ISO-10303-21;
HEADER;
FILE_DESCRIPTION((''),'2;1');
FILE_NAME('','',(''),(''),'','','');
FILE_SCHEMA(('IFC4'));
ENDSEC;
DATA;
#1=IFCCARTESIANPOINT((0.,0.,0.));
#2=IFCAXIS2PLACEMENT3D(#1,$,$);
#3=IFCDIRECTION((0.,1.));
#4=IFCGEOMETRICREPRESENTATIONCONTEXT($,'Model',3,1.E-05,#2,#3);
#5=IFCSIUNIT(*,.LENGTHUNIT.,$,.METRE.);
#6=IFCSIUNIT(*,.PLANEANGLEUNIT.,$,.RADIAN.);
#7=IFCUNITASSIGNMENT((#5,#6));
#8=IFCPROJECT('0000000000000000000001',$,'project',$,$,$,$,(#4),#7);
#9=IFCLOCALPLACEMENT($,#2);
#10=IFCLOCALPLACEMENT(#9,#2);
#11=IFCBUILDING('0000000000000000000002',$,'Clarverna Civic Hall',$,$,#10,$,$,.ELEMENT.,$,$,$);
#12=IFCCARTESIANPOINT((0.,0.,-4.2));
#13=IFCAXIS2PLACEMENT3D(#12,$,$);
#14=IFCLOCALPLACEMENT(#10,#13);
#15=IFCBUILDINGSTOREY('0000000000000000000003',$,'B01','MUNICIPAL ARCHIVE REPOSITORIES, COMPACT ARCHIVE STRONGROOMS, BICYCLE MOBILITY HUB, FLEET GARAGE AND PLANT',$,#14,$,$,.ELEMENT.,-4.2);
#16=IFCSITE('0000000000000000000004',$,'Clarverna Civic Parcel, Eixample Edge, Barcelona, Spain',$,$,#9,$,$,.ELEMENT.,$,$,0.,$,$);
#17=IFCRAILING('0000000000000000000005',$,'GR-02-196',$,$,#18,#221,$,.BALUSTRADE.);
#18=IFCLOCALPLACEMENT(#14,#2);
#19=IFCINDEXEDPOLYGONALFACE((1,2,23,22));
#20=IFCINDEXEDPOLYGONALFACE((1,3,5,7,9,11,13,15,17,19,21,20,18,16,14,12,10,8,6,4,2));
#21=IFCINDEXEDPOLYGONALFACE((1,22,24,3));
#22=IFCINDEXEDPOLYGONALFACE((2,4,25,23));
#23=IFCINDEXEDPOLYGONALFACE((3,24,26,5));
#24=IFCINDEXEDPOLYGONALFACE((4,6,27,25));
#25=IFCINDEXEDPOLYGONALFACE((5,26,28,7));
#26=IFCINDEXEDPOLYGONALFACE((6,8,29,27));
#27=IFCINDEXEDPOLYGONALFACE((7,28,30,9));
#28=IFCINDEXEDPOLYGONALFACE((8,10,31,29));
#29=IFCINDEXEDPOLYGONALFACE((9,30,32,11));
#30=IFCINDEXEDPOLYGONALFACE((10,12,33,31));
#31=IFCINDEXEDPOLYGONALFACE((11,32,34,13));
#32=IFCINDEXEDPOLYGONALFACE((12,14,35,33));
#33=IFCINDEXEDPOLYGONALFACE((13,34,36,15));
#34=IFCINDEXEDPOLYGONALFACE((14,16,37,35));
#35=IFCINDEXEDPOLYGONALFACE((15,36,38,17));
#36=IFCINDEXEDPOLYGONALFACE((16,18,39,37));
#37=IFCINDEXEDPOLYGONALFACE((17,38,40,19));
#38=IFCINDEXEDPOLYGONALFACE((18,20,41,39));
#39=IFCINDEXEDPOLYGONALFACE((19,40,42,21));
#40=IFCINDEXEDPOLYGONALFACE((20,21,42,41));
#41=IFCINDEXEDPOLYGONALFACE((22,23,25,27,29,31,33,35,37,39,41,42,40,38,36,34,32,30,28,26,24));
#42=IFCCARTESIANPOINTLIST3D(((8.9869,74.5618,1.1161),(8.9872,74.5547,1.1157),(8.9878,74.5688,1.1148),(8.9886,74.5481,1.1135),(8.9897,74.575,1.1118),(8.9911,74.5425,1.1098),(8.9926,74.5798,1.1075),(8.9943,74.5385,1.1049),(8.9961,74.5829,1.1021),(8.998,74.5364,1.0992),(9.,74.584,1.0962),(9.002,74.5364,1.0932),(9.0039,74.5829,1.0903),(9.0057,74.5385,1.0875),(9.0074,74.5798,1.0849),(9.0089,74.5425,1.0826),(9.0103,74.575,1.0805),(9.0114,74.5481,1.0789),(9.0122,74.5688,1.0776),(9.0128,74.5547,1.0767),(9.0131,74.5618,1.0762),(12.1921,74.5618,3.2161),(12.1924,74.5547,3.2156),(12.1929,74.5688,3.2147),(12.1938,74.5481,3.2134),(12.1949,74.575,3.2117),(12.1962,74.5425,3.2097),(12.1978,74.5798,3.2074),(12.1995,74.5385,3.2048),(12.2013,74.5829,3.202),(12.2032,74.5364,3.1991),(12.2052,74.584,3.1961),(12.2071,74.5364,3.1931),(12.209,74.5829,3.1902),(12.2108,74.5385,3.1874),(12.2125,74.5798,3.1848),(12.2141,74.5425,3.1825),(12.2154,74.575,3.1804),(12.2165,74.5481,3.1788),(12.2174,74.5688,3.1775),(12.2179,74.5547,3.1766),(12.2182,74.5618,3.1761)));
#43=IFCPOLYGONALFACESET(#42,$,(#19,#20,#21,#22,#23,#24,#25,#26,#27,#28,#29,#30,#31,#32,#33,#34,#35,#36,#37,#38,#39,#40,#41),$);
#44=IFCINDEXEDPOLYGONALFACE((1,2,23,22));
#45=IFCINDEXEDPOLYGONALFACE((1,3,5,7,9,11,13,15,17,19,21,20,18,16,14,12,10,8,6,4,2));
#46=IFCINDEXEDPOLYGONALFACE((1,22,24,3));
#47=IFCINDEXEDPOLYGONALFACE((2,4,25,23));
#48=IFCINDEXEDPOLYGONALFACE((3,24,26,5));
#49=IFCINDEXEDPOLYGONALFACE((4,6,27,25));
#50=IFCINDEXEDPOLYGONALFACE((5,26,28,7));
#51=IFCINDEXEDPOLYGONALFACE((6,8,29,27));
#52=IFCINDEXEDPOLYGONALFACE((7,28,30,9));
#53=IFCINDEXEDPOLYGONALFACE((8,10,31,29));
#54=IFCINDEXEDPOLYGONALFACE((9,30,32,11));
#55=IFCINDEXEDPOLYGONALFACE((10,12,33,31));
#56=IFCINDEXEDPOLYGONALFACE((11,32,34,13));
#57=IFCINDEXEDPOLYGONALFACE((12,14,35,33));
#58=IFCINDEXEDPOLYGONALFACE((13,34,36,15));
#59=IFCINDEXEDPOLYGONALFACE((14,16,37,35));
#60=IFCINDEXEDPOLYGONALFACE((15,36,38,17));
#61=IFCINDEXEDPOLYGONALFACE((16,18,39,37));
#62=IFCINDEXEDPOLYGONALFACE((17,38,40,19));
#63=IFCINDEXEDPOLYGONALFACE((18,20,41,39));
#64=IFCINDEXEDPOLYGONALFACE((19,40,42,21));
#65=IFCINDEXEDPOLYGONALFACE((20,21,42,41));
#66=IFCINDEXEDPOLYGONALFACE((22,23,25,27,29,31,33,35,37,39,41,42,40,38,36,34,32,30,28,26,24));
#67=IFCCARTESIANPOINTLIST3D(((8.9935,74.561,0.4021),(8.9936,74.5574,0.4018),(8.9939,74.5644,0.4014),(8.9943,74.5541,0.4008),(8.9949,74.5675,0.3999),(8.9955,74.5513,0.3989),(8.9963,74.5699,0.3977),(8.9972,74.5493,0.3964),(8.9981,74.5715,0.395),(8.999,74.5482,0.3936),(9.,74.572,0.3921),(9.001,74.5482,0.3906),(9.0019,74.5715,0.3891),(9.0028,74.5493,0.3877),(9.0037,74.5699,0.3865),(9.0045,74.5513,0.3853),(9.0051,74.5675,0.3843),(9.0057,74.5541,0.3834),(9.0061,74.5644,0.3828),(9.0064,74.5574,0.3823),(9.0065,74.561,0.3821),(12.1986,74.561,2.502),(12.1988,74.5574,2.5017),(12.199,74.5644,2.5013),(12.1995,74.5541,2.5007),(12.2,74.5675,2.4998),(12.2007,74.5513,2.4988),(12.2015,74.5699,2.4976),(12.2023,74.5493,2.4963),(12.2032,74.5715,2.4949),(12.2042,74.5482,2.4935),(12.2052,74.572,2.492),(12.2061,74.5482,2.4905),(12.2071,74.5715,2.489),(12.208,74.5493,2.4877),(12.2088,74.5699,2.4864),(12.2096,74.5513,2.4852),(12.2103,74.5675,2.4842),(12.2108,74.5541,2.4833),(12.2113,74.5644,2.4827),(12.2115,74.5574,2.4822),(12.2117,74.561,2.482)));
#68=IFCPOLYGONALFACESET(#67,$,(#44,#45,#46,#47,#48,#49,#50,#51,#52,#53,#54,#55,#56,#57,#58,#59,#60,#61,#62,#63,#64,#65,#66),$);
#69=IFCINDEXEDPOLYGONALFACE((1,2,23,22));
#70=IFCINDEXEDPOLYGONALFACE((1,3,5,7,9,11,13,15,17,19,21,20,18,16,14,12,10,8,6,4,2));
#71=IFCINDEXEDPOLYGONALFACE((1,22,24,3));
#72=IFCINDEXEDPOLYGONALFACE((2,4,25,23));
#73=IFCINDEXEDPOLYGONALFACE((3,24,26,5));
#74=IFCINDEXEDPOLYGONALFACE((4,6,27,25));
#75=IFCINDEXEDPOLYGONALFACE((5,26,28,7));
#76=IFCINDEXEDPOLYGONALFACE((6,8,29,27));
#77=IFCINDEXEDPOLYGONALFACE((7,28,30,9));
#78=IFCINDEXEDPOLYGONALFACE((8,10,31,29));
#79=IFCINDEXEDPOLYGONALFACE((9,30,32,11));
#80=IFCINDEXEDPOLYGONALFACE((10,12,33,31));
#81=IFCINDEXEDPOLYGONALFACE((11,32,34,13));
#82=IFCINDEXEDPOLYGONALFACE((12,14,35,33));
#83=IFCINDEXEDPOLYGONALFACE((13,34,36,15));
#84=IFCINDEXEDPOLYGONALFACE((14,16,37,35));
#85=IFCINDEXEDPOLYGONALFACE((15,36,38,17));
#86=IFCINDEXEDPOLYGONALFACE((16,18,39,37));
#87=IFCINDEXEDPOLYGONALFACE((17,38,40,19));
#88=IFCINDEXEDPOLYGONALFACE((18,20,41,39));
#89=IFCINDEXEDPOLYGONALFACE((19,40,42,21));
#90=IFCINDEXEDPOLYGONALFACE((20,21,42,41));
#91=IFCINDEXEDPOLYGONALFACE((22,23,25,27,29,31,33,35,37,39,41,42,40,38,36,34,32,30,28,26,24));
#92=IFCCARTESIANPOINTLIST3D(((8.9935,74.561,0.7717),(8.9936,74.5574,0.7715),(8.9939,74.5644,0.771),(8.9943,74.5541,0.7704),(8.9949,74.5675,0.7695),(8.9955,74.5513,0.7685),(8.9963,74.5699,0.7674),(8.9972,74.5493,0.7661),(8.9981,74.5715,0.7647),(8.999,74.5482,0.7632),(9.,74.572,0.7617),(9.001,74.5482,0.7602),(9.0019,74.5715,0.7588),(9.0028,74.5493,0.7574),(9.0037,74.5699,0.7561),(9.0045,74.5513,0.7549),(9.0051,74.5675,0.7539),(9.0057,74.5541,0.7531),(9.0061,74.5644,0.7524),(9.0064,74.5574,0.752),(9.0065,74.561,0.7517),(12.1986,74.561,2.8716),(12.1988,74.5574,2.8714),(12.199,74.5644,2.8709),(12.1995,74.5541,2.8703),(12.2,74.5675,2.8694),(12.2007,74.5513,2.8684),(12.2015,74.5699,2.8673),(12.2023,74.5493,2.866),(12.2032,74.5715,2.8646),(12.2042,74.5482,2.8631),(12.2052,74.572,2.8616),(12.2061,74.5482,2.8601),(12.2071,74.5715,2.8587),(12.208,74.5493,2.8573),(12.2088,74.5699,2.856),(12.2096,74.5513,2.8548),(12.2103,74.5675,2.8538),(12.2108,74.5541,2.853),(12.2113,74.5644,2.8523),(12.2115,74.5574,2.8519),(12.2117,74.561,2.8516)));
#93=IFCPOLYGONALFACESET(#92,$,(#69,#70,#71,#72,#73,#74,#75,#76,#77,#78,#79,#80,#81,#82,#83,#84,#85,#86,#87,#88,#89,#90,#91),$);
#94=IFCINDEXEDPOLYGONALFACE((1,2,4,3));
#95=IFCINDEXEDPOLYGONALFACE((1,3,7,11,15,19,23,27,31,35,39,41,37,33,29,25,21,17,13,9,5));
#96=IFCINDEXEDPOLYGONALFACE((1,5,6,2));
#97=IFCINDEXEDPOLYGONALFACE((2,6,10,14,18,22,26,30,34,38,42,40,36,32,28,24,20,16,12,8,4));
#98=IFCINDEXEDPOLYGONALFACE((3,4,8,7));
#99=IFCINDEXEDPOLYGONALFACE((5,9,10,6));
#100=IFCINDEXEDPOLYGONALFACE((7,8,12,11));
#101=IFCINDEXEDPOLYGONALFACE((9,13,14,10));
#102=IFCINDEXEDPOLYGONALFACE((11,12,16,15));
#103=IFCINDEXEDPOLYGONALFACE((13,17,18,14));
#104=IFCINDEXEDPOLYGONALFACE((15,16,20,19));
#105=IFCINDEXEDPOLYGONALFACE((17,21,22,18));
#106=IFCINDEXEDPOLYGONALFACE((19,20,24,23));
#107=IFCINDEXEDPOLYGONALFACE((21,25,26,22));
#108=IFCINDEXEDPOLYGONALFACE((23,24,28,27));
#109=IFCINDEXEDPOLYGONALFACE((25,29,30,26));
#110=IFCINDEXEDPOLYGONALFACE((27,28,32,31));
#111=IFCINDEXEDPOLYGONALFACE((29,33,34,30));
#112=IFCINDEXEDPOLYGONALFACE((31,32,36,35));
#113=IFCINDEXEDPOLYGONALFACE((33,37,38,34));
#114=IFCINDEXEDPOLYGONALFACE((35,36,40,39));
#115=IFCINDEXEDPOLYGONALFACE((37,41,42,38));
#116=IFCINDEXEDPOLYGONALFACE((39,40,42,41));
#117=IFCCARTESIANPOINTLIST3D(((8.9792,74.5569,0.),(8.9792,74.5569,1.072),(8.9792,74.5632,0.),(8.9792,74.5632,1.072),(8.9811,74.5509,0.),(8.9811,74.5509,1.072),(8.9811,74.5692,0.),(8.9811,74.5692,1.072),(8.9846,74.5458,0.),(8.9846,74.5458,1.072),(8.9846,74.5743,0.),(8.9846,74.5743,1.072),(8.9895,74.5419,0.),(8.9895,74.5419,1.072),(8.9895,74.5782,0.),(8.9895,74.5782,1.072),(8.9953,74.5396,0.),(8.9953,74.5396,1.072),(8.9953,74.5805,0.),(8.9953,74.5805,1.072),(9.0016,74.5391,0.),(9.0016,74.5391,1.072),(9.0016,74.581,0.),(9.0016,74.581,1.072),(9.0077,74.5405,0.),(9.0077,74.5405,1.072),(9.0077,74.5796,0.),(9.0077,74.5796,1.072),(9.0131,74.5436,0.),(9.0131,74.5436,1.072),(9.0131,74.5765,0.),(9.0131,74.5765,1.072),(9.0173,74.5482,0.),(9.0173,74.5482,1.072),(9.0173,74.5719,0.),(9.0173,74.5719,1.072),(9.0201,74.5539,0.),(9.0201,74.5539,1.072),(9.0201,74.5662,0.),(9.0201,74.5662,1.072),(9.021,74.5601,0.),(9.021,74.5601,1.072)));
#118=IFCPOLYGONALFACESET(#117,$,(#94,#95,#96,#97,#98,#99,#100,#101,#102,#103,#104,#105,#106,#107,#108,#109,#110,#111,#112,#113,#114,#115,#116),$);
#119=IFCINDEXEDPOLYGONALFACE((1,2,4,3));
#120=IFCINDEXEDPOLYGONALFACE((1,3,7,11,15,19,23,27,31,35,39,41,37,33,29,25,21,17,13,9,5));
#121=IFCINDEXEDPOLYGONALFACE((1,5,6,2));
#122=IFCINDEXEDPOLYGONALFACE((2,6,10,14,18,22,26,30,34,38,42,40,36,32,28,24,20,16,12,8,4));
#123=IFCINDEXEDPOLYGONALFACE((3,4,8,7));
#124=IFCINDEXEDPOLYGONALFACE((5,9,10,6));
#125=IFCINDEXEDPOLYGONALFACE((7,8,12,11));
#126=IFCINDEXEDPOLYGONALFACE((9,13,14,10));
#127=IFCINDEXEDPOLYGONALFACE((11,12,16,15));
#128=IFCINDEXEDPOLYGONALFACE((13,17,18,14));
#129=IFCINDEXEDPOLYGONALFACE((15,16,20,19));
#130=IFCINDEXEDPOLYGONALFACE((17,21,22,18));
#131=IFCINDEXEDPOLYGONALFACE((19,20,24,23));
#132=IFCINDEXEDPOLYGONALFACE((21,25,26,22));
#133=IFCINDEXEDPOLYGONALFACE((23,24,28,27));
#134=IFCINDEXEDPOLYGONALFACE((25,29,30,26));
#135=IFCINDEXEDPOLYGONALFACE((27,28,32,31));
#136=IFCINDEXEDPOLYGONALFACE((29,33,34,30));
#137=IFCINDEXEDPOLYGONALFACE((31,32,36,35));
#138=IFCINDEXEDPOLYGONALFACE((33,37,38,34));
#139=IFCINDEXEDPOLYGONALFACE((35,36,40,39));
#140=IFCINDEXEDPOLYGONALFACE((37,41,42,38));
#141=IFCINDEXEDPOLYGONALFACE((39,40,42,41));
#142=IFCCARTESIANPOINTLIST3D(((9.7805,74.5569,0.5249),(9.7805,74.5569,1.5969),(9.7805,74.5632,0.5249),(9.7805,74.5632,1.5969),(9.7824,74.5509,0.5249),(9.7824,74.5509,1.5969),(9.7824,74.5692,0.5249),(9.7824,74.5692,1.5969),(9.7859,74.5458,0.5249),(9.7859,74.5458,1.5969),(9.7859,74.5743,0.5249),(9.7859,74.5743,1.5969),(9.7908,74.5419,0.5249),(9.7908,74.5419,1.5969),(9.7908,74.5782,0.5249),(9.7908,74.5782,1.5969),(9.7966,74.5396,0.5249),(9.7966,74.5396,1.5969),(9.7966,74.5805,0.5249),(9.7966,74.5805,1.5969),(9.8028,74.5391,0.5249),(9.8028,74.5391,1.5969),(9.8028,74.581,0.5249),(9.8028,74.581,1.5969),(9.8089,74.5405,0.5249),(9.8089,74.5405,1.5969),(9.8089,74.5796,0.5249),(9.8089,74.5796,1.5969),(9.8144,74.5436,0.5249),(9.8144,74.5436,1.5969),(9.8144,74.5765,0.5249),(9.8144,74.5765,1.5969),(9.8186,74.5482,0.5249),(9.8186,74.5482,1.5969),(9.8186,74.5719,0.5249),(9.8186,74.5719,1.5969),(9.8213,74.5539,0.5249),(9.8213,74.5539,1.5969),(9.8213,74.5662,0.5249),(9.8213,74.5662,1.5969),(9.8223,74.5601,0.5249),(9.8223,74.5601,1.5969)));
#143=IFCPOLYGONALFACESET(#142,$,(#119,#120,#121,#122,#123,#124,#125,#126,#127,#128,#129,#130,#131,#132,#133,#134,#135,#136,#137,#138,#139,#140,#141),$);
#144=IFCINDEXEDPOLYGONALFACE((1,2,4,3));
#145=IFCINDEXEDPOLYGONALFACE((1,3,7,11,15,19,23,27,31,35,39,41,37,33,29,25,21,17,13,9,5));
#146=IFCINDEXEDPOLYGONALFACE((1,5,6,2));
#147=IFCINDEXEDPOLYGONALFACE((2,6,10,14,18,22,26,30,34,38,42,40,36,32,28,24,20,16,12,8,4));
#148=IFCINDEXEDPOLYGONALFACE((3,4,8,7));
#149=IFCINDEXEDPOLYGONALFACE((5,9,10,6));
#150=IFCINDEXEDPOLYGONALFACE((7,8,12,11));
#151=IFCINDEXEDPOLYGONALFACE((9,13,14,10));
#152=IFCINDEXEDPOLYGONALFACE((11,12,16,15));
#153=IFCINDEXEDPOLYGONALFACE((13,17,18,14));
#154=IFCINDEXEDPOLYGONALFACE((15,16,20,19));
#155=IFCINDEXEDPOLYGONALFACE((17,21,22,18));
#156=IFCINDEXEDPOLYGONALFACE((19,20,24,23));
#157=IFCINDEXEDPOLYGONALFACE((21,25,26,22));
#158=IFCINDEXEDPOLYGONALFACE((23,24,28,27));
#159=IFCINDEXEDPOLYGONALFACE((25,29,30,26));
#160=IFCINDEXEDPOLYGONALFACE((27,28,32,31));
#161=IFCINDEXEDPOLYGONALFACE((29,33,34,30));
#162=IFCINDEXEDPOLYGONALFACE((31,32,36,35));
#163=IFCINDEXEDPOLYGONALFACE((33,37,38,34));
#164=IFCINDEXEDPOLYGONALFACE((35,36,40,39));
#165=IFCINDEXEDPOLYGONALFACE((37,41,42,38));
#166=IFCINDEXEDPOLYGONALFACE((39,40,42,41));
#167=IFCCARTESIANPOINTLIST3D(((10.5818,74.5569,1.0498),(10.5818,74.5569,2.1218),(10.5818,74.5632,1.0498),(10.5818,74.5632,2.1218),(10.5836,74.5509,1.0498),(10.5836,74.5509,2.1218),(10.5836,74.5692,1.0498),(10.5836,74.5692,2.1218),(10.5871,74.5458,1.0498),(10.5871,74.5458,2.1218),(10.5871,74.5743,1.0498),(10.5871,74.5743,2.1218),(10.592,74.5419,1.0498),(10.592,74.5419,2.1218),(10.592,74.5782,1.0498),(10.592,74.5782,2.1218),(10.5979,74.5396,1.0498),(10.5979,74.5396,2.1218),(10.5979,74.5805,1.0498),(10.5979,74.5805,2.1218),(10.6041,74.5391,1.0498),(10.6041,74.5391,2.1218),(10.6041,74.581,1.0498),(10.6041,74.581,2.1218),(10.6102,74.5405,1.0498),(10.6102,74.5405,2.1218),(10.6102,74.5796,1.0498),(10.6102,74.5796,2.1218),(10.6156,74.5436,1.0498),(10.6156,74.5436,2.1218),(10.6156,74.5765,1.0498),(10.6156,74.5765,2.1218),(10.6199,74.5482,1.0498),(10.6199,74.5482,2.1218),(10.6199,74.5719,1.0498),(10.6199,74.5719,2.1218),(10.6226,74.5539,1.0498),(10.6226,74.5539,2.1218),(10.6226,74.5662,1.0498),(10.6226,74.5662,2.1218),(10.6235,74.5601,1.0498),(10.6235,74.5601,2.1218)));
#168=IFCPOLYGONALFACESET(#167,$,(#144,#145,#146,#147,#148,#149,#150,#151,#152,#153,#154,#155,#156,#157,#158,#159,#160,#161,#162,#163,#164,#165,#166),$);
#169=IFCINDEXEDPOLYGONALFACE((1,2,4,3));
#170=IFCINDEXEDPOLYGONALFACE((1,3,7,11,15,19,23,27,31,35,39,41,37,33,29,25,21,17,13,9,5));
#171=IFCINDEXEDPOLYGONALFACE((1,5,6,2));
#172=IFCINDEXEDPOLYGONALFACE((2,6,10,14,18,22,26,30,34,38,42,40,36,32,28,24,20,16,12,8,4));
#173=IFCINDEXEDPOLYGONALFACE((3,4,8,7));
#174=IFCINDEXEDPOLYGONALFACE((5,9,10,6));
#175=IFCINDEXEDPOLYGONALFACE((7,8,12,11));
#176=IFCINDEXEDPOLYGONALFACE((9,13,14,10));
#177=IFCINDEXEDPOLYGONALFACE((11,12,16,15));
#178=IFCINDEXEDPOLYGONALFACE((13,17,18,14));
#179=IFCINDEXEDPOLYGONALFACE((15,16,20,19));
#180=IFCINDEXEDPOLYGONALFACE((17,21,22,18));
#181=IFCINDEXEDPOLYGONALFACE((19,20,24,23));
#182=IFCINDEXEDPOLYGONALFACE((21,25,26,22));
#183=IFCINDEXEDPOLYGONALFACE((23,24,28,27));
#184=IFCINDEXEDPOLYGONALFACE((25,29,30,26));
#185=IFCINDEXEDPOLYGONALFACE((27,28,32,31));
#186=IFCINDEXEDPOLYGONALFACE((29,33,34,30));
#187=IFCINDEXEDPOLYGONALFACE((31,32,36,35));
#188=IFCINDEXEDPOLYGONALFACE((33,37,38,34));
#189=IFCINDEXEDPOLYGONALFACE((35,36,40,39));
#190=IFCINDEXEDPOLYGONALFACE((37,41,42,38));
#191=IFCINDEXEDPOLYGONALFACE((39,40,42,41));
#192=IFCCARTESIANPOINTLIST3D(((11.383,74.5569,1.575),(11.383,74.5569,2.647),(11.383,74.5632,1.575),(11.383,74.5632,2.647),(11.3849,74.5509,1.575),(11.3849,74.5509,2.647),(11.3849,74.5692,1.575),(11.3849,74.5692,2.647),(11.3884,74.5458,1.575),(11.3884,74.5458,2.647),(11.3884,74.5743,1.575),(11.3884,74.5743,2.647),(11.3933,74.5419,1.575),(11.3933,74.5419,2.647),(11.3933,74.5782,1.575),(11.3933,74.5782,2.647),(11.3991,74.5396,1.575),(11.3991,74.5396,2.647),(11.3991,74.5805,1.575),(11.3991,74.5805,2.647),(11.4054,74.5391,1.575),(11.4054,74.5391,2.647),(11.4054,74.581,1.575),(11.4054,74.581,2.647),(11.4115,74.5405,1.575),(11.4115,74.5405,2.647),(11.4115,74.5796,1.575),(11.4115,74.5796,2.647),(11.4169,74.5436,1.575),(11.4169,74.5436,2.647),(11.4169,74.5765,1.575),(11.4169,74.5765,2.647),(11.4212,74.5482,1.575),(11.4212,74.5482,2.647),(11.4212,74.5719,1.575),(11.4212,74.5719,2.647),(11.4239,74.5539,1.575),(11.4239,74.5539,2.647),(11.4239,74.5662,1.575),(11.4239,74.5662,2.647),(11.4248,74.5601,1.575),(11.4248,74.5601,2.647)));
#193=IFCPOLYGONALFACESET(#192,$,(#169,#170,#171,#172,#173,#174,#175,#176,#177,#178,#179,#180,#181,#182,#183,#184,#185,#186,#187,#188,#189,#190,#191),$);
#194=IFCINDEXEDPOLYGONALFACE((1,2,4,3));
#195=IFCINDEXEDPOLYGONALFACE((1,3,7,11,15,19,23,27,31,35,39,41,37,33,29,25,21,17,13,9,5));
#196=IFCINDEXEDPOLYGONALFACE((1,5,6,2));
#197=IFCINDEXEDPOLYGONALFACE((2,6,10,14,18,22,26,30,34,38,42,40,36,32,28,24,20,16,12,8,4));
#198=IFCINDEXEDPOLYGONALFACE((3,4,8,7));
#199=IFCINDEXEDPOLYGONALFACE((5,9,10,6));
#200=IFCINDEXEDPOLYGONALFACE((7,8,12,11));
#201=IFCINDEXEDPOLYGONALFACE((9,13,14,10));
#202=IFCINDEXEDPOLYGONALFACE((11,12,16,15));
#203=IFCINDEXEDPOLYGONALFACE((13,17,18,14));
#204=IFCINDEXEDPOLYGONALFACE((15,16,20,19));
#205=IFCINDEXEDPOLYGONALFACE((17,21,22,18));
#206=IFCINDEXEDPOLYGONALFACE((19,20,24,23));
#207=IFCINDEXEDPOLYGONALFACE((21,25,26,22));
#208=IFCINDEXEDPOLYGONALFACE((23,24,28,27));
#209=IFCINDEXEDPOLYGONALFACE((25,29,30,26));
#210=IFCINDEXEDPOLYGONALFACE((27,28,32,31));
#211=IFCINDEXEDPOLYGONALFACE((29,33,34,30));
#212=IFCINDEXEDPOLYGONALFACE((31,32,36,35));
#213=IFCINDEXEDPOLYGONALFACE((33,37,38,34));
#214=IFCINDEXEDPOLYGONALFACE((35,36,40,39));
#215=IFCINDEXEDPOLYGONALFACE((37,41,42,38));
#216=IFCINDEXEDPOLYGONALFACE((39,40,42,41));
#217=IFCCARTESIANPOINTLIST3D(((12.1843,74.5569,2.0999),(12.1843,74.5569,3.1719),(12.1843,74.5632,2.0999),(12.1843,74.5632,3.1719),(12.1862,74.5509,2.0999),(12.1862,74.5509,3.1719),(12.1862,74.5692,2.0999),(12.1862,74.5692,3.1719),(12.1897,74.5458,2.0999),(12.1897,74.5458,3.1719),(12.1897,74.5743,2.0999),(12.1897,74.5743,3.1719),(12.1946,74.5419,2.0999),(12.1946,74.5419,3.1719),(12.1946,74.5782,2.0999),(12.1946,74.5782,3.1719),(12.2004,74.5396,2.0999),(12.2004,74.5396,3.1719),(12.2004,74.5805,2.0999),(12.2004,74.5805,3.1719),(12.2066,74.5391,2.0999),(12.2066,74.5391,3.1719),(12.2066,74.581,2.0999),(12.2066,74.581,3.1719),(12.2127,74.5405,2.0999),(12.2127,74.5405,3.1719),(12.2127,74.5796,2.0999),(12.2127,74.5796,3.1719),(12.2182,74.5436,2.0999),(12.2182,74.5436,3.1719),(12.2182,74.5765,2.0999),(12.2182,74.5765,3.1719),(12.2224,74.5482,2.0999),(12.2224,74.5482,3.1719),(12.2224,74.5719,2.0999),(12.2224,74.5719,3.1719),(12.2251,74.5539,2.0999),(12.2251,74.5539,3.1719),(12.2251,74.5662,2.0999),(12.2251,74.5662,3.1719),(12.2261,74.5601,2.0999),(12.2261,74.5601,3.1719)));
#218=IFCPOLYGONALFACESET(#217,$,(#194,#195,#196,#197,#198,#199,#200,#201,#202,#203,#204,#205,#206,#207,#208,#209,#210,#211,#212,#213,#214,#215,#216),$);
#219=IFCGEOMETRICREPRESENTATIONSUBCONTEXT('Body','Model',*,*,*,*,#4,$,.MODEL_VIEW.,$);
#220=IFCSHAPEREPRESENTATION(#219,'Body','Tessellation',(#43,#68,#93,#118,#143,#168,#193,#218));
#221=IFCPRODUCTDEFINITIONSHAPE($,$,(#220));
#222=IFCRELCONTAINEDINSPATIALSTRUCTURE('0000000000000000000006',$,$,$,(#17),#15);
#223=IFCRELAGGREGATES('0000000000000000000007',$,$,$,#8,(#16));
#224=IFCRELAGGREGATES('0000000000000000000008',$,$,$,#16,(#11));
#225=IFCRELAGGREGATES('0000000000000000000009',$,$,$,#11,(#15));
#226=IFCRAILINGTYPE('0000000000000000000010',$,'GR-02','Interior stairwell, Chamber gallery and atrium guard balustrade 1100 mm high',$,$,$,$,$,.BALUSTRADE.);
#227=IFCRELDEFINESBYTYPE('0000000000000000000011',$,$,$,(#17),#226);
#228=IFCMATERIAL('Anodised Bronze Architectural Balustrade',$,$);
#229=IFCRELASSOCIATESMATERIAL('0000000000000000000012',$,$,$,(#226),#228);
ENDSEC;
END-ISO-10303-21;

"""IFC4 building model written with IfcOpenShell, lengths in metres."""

from ifc_helpers import new_model, si_unit, direction, frame, origin, origin_2d, place, context, subcontext, project, spatial, circle, extrude, material, type_object, element, save


model = new_model("IFC4")

# Units and contexts
model_context = context("Model", 3, precision=1e-05, world=origin(), true_north=direction((0.0, 1.0)))
body_context = subcontext(model_context, "Body", "Model", "MODEL_VIEW")
ifc_project = project(units=[si_unit("LENGTHUNIT", "METRE"), si_unit("PLANEANGLEUNIT", "RADIAN")], contexts=[model_context])

# Site, building, storey
site_placement = place(None, origin())
site = spatial("IfcSite", under=ifc_project, at=site_placement, Name="Clarverna Civic Parcel, Eixample Edge, Barcelona, Spain", CompositionType="ELEMENT", RefElevation=0.0)
building_placement = place(site_placement, origin())
building = spatial("IfcBuilding", under=site, at=building_placement, Name="Clarverna Civic Hall", CompositionType="ELEMENT")
storey_placement = place(building_placement, frame((0.0, 0.0, -4.2)))
storey = spatial("IfcBuildingStorey", under=building, at=storey_placement, Name="B01", Description="MUNICIPAL ARCHIVE REPOSITORIES, COMPACT ARCHIVE STRONGROOMS, BICYCLE MOBILITY HUB, FLEET GARAGE AND PLANT", CompositionType="ELEMENT", Elevation=-4.2)

# Railing
ifc_material_1 = material(Name="Anodised Bronze Architectural Balustrade")
railing_type_1 = type_object("IfcRailingType", Name="GR-02", Description="Interior stairwell, Chamber gallery and atrium guard balustrade 1100 mm high", PredefinedType="BALUSTRADE", material=ifc_material_1)
railing_1_placement = place(storey_placement, frame((9.0, 74.5601, 0.0)))
element("IfcRailing", 1, at=railing_1_placement, inside=storey, type_object=railing_type_1, Name="GR-02-196", PredefinedType="BALUSTRADE", context=body_context, shape_type="SweptSolid", body=[
    extrude(circle(Radius=0.0239, at=origin_2d()), frame((0.0, 0.0, 1.0962), z_axis=(0.836464, 0.0, 0.548022), x_axis=(0.0, 1.0, 0.0)), (0.0, 0.0, 1.0), 3.8318),
    extrude(circle(Radius=0.012, at=origin_2d()), frame((0.0, 0.0, 0.3921), z_axis=(0.836464, 0.0, 0.548022), x_axis=(0.0, 1.0, 0.0)), (0.0, 0.0, 1.0), 3.8318),
    extrude(circle(Radius=0.012, at=origin_2d()), frame((0.0, 0.0, 0.7617), z_axis=(0.836464, 0.0, 0.548022), x_axis=(0.0, 1.0, 0.0)), (0.0, 0.0, 1.0), 3.8318),
    extrude(circle(Radius=0.021, at=origin_2d()), origin(), (0.0, 0.0, 1.0), 1.072),
    extrude(circle(Radius=0.021, at=origin_2d()), frame((0.8013, 0.0, 0.5249)), (0.0, 0.0, 1.0), 1.072),
    extrude(circle(Radius=0.021, at=origin_2d()), frame((1.6025, 0.0, 1.0498)), (0.0, 0.0, 1.0), 1.072),
    extrude(circle(Radius=0.021, at=origin_2d()), frame((2.4038, 0.0, 1.575)), (0.0, 0.0, 1.0), 1.072),
    extrude(circle(Radius=0.021, at=origin_2d()), frame((3.2051, 0.0, 2.0999)), (0.0, 0.0, 1.0), 1.072),
])

save(model, "model.ifc")
